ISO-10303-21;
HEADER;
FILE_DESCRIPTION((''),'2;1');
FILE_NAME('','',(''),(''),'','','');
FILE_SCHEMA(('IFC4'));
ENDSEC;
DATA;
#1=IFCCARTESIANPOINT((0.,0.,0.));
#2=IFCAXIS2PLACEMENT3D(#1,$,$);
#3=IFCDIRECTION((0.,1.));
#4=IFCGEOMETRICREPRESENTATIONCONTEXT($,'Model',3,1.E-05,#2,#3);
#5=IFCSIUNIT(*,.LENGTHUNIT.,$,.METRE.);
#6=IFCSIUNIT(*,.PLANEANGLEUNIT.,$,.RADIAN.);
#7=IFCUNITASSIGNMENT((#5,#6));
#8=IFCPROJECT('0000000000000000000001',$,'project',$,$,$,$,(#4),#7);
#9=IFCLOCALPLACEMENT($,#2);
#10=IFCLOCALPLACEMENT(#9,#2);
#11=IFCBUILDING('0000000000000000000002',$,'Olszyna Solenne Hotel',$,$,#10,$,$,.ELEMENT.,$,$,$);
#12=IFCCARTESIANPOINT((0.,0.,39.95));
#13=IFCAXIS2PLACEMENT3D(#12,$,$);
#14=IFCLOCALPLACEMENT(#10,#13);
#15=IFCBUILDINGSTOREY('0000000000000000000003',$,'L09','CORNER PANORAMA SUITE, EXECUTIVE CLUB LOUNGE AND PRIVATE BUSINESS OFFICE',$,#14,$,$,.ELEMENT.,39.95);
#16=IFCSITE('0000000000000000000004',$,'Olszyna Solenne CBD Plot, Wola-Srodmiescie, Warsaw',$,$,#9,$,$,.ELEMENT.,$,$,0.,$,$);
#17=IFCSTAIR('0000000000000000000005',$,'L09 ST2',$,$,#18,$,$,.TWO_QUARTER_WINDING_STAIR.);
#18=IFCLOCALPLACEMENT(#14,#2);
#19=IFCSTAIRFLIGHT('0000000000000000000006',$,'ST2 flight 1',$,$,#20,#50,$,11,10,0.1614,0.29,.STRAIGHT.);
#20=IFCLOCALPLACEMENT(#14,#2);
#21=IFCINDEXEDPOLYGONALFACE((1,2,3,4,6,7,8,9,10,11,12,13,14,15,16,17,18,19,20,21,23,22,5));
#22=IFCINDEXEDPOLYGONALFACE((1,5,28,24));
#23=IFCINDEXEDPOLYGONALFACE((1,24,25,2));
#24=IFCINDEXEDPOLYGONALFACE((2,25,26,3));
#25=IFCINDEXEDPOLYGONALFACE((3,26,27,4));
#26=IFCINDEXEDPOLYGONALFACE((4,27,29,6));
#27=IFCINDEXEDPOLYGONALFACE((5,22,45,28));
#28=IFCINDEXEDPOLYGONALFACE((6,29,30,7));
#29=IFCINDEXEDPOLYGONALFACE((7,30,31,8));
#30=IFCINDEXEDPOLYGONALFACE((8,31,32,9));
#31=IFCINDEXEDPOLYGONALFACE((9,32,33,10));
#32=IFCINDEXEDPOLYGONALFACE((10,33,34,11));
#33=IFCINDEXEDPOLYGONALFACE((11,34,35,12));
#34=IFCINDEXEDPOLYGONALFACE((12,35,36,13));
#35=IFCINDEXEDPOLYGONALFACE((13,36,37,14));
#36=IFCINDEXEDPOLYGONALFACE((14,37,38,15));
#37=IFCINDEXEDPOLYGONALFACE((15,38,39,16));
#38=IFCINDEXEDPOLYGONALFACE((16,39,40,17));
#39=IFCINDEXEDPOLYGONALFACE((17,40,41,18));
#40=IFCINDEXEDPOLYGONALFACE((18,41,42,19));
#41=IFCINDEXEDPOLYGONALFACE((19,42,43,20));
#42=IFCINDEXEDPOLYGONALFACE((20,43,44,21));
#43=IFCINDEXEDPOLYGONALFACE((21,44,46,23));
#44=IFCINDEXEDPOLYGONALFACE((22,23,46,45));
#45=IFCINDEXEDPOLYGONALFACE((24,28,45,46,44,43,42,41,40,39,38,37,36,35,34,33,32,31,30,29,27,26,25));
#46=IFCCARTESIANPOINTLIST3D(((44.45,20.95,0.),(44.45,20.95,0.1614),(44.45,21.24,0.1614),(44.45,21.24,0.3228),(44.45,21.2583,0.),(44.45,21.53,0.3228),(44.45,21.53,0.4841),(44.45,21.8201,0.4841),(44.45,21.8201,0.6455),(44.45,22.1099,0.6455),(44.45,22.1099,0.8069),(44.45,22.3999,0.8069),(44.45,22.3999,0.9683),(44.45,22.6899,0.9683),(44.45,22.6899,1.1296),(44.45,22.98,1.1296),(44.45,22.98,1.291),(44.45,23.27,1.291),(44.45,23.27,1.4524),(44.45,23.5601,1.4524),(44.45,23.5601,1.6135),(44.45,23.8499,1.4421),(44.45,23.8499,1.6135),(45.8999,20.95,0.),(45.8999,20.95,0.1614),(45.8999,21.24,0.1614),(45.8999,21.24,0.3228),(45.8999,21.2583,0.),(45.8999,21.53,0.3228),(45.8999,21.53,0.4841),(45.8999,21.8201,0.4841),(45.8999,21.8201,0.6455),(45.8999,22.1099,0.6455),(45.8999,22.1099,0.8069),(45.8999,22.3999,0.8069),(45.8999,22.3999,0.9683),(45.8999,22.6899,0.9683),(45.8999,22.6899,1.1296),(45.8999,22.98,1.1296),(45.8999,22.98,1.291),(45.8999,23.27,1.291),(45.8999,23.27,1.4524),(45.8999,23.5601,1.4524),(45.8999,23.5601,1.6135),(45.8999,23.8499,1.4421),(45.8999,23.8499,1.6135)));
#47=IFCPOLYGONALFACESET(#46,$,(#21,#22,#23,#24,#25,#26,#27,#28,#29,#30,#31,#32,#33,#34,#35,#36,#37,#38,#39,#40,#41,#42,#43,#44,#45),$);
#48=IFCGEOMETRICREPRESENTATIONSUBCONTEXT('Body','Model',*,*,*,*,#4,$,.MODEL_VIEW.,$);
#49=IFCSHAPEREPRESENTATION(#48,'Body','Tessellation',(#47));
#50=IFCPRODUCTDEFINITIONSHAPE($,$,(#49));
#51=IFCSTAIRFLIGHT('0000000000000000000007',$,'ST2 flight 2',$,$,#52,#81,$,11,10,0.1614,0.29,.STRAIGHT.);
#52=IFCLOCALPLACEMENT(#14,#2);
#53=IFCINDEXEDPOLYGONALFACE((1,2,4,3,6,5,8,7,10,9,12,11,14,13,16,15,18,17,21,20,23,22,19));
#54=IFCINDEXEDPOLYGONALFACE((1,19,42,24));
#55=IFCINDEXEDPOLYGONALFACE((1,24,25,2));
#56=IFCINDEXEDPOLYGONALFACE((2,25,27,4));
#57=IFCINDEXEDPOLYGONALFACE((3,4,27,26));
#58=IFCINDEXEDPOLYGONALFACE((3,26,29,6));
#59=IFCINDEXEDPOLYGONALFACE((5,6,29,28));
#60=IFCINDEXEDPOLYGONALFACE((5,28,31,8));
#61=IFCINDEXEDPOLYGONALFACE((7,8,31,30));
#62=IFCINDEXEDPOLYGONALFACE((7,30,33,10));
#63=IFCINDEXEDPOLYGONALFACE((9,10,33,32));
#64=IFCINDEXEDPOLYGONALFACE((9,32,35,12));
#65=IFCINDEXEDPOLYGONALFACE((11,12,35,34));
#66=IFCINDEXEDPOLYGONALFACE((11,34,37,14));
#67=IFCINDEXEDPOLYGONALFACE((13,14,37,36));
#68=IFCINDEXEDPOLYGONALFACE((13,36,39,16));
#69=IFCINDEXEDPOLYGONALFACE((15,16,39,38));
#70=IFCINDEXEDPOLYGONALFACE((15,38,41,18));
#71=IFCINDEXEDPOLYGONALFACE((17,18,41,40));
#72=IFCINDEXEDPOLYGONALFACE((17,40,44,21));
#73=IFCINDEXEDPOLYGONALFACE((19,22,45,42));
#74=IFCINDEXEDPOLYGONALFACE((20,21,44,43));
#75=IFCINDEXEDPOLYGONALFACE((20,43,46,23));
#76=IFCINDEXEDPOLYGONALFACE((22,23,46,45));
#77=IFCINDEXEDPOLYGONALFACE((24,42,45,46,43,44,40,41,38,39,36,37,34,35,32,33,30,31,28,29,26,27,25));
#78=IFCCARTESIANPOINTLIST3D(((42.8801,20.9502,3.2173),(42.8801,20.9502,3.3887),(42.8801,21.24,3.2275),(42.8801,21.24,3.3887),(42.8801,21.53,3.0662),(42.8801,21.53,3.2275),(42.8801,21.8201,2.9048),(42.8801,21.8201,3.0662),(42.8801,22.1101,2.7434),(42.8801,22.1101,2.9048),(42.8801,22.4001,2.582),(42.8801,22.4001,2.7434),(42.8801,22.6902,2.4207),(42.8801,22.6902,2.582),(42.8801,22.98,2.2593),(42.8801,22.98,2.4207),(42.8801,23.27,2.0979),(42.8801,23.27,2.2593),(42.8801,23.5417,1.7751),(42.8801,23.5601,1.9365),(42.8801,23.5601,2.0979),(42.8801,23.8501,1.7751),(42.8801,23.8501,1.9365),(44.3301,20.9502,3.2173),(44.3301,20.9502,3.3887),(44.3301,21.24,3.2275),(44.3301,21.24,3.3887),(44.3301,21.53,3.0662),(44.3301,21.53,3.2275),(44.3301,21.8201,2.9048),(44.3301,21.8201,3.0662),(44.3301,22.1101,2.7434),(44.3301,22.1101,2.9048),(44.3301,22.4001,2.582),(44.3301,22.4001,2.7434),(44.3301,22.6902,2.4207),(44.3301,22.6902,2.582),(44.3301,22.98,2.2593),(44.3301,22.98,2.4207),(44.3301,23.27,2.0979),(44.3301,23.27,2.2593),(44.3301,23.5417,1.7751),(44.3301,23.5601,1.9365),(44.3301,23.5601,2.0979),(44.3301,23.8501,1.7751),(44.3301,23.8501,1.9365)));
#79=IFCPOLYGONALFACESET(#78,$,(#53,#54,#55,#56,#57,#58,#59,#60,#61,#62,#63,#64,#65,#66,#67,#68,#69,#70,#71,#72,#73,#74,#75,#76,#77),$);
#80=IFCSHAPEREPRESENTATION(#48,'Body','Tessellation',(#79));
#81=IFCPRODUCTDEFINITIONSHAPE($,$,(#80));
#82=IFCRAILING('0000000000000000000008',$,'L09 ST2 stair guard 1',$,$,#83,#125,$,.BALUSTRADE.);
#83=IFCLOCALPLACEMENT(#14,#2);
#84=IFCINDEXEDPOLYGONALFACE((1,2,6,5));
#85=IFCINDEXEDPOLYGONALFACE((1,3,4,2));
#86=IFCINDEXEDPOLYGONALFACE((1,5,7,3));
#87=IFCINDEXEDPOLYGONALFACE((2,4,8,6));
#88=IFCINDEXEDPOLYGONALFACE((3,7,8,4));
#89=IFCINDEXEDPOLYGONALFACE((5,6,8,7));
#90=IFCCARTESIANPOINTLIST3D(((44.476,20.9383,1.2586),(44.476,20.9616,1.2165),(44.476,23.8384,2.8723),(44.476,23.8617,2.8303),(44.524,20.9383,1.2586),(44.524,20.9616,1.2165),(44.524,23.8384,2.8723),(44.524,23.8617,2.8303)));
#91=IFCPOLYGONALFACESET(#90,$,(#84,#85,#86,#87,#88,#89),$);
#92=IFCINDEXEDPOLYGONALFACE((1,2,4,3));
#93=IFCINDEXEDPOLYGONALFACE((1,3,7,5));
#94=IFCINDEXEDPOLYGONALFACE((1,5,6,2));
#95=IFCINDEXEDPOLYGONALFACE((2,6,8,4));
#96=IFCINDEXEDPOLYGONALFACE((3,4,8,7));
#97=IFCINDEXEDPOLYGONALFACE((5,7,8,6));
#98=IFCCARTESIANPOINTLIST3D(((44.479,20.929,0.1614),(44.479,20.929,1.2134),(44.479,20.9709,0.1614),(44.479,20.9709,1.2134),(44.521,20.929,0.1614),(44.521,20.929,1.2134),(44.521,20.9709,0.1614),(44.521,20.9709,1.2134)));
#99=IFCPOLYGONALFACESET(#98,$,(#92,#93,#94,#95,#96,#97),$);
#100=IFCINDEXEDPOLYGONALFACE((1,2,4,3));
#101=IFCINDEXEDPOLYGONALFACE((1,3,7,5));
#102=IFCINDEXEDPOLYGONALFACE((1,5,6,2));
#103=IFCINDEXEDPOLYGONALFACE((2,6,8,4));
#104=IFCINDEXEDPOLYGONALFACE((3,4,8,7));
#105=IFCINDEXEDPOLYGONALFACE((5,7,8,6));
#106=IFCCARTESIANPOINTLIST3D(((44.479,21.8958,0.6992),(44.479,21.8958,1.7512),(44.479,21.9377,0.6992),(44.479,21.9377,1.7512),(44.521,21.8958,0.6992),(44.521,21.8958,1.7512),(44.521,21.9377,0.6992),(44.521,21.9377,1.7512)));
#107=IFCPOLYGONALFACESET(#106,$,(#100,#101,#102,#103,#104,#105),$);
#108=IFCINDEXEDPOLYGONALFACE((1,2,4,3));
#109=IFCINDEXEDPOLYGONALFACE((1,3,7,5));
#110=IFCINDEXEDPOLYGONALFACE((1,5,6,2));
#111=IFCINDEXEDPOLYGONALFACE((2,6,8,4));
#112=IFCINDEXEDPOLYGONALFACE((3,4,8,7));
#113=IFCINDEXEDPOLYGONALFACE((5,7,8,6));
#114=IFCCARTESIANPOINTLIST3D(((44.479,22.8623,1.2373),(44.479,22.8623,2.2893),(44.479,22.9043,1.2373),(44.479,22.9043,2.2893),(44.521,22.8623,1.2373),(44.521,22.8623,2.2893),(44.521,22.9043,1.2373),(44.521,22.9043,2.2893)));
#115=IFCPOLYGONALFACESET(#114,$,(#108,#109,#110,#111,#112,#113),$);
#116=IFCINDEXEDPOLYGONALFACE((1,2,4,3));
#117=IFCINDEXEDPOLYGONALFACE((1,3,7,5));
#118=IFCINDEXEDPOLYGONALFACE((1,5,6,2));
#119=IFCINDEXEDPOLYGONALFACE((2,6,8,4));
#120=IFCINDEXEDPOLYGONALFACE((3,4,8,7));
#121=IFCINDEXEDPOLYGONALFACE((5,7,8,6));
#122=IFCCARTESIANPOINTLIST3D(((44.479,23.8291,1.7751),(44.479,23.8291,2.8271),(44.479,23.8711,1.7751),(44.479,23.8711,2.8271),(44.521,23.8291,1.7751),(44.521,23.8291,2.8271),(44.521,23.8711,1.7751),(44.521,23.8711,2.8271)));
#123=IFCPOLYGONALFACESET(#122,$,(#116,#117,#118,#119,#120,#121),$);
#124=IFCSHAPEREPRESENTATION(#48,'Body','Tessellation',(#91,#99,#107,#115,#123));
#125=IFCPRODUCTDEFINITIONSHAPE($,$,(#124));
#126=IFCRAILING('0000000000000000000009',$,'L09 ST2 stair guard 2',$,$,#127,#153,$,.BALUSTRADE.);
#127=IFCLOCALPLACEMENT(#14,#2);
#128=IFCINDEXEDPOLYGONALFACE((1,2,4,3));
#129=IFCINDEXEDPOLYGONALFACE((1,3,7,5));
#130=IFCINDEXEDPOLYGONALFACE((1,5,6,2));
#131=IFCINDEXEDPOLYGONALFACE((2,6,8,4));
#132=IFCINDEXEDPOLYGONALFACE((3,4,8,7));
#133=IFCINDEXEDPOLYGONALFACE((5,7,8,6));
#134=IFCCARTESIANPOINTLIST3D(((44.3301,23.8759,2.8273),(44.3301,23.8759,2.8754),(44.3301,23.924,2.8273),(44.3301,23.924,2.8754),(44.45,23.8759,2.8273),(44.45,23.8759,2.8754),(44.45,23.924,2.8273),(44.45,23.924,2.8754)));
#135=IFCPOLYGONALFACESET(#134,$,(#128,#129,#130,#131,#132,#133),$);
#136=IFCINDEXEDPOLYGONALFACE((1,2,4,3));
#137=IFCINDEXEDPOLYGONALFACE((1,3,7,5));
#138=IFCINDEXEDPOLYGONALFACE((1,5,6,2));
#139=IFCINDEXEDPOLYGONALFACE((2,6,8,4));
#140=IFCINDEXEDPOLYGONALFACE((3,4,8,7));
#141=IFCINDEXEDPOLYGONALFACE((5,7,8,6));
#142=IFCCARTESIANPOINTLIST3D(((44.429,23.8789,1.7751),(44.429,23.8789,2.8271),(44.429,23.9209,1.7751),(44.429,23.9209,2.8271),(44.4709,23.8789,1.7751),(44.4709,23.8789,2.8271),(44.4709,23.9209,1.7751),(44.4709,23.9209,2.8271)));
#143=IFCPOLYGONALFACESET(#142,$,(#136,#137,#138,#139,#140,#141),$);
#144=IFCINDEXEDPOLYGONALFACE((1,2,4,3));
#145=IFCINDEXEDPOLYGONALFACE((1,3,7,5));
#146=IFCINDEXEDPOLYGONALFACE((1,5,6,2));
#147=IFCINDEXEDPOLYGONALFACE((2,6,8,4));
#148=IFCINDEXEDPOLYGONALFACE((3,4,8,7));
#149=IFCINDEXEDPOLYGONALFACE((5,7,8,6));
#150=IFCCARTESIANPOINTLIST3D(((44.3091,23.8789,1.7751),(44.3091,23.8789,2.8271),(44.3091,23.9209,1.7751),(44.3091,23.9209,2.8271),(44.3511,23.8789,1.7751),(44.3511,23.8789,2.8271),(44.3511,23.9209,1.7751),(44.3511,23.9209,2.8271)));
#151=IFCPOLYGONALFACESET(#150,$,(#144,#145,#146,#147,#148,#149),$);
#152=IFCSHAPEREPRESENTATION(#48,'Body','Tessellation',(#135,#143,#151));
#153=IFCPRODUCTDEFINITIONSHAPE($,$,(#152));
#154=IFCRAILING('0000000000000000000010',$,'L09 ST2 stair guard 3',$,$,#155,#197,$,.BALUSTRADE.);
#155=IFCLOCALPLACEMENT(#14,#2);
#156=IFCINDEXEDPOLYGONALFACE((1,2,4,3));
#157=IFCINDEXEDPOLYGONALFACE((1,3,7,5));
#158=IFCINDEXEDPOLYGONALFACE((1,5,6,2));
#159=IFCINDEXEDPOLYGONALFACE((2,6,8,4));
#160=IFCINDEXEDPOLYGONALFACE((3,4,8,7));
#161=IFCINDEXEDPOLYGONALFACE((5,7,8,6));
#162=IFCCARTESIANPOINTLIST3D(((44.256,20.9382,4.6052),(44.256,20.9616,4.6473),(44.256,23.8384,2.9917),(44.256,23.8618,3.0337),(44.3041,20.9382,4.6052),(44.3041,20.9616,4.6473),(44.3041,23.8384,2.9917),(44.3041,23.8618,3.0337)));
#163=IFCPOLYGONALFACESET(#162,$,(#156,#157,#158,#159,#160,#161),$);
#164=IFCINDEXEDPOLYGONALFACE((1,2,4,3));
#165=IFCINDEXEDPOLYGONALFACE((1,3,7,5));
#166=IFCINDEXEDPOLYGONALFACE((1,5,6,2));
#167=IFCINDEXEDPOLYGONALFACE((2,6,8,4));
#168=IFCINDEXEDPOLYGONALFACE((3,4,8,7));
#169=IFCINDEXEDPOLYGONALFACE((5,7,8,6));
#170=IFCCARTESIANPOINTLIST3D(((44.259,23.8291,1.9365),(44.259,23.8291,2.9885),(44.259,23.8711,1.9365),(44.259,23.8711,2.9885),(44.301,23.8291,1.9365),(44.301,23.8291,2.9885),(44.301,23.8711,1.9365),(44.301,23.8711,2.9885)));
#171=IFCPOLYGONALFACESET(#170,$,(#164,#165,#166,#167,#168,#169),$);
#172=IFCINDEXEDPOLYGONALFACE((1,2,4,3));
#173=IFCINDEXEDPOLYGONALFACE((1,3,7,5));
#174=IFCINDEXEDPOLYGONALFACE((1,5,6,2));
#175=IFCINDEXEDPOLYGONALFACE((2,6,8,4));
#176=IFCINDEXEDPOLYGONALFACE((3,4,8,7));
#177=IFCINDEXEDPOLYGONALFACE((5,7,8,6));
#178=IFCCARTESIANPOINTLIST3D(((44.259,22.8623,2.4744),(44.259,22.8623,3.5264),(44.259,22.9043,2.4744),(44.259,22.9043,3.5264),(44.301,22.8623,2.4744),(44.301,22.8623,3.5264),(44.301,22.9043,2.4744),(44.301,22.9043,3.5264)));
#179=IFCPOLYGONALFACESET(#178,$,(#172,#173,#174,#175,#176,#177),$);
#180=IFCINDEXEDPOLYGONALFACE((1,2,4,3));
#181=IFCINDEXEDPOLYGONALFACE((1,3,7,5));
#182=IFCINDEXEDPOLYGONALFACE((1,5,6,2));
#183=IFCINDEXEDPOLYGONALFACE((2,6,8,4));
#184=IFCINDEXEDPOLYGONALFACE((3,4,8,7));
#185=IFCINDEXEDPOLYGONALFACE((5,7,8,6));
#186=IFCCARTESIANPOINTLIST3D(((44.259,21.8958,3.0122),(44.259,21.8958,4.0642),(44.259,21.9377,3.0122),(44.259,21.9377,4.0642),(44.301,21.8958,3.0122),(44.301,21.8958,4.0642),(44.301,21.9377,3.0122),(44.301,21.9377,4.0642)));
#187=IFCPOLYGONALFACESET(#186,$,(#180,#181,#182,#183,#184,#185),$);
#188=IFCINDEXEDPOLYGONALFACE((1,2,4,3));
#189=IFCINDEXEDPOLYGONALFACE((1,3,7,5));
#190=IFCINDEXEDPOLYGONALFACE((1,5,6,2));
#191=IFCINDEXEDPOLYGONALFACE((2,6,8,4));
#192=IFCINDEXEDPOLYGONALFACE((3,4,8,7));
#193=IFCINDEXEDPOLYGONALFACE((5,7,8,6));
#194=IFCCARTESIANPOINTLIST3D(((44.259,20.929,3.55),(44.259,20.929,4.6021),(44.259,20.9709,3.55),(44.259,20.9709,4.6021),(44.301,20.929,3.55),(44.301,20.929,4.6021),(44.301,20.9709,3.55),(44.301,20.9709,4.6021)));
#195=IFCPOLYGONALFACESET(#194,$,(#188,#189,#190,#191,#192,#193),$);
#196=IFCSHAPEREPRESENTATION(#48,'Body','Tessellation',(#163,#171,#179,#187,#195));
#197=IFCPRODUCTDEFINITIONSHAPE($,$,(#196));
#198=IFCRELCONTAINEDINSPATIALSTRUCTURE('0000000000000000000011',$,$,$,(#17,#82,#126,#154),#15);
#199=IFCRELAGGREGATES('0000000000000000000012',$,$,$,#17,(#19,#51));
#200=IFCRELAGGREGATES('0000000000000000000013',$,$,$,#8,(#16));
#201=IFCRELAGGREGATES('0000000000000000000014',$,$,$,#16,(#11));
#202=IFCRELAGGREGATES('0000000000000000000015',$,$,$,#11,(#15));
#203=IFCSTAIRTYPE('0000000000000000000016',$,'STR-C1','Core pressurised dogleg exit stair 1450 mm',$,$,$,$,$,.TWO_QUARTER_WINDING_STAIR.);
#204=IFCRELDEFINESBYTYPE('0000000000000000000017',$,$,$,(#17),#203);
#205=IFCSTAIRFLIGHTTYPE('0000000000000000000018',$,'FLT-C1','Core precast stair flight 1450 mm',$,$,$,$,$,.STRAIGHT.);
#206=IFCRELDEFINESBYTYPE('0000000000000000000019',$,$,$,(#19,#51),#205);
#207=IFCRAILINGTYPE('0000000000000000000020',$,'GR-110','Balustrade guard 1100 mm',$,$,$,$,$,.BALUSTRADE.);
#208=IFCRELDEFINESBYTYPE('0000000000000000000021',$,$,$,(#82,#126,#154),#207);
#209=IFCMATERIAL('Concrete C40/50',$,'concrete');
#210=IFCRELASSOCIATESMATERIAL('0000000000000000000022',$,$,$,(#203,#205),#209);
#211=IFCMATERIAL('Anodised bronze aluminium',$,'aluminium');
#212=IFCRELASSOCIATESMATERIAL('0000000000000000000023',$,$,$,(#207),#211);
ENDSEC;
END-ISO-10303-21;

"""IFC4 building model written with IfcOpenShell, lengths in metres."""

from ifc_helpers import new_model, si_unit, direction, frame, origin, origin_2d, place, context, subcontext, project, spatial, polyline, rectangle, outline, extrude, material, type_object, element, aggregate, save


model = new_model("IFC4")

# Units and contexts
model_context = context("Model", 3, precision=1e-05, world=origin(), true_north=direction((0.0, 1.0)))
body_context = subcontext(model_context, "Body", "Model", "MODEL_VIEW")
ifc_project = project(units=[si_unit("LENGTHUNIT", "METRE"), si_unit("PLANEANGLEUNIT", "RADIAN")], contexts=[model_context])

# Site, building, storey
site_placement = place(None, origin())
site = spatial("IfcSite", under=ifc_project, at=site_placement, Name="Olszyna Solenne CBD Plot, Wola-Srodmiescie, Warsaw", CompositionType="ELEMENT", RefElevation=0.0)
building_placement = place(site_placement, origin())
building = spatial("IfcBuilding", under=site, at=building_placement, Name="Olszyna Solenne Hotel", CompositionType="ELEMENT")
storey_placement = place(building_placement, frame((0.0, 0.0, 39.95)))
storey = spatial("IfcBuildingStorey", under=building, at=storey_placement, Name="L09", Description="CORNER PANORAMA SUITE, EXECUTIVE CLUB LOUNGE AND PRIVATE BUSINESS OFFICE", CompositionType="ELEMENT", Elevation=39.95)

# Stair, stair flights
ifc_material_1 = material(Name="Concrete C40/50", Category="concrete")
stair_type = type_object("IfcStairType", Name="STR-C1", Description="Core pressurised dogleg exit stair 1450 mm", PredefinedType="TWO_QUARTER_WINDING_STAIR", material=ifc_material_1)
stair_placement = place(storey_placement, origin())
stair = element("IfcStair", 1, at=stair_placement, inside=storey, type_object=stair_type, Name="L09 ST2", PredefinedType="TWO_QUARTER_WINDING_STAIR")
stair_flight_type = type_object("IfcStairFlightType", Name="FLT-C1", Description="Core precast stair flight 1450 mm", PredefinedType="STRAIGHT", material=ifc_material_1)
stair_flight_1_placement = place(storey_placement, frame((45.175, 20.95, 0.0), z_axis=(0.0, 0.0, 1.0), x_axis=(0.0, 1.0, 0.0)))
stair_flight_1 = element("IfcStairFlight", 2, at=stair_flight_1_placement, type_object=stair_flight_type, Name="ST2 flight 1", NumberOfRisers=11, NumberOfTreads=10, PredefinedType="STRAIGHT", RiserHeight=0.1614, TreadLength=0.29, context=body_context, shape_type="SweptSolid", body=[
    extrude(outline(polyline([(0.0, 0.0), (0.0, 0.1614), (0.29, 0.1614), (0.29, 0.3228), (0.5801, 0.3228), (0.5801, 0.4841), (0.8701, 0.4841), (0.8701, 0.6455), (1.1599, 0.6455), (1.1599, 0.8069), (1.45, 0.8069), (1.45, 0.9683), (1.74, 0.9683), (1.74, 1.1296), (2.03, 1.1296), (2.03, 1.291), (2.3201, 1.291), (2.3201, 1.4524), (2.6101, 1.4524), (2.6101, 1.6135), (2.8999, 1.6135), (2.8999, 1.7749), (2.8999, 1.4421), (0.3083, 0.0), (0.0, 0.0)])), frame((0.0, 0.7251, 0.0), z_axis=(0.0, -1.0, 0.0), x_axis=(1.0, 0.0, 0.0)), (0.0, 0.0, 1.0), 1.45),
])
stair_flight_2_placement = place(storey_placement, frame((43.605, 23.8501, 1.7751), z_axis=(0.0, 0.0, 1.0), x_axis=(0.0, -1.0, 0.0)))
stair_flight_2 = element("IfcStairFlight", 3, at=stair_flight_2_placement, type_object=stair_flight_type, Name="ST2 flight 2", NumberOfRisers=11, NumberOfTreads=10, PredefinedType="STRAIGHT", RiserHeight=0.1614, TreadLength=0.29, context=body_context, shape_type="SweptSolid", body=[
    extrude(outline(polyline([(0.0, 0.0), (0.0, 0.1614), (0.29, 0.1614), (0.29, 0.3228), (0.5801, 0.3228), (0.5801, 0.4841), (0.8701, 0.4841), (0.8701, 0.6455), (1.1599, 0.6455), (1.1599, 0.8069), (1.45, 0.8069), (1.45, 0.9683), (1.74, 0.9683), (1.74, 1.1296), (2.03, 1.1296), (2.03, 1.291), (2.3201, 1.291), (2.3201, 1.4524), (2.6101, 1.4524), (2.6101, 1.6135), (2.8999, 1.6135), (2.8999, 1.7749), (2.8999, 1.4421), (0.3083, 0.0), (0.0, 0.0)])), frame((0.0, 0.7251, 0.0), z_axis=(0.0, -1.0, 0.0), x_axis=(1.0, 0.0, 0.0)), (0.0, 0.0, 1.0), 1.45),
])
aggregate(stair, [stair_flight_1, stair_flight_2])

# Railings
ifc_material_2 = material(Name="Anodised bronze aluminium", Category="aluminium")
railing_type_1 = type_object("IfcRailingType", Name="GR-110", Description="Balustrade guard 1100 mm", PredefinedType="BALUSTRADE", material=ifc_material_2)
railing_1_placement = place(storey_placement, frame((44.5, 20.95, 0.1614)))
element("IfcRailing", 4, at=railing_1_placement, inside=storey, type_object=railing_type_1, Name="L09 ST2 stair guard 1", PredefinedType="BALUSTRADE", context=body_context, shape_type="SweptSolid", body=[
    extrude(rectangle(XDim=0.0481, YDim=0.0481, at=origin_2d()), frame((0.0, 0.0, 1.0762), z_axis=(0.0, 0.873827, 0.486236), x_axis=(-1.0, 0.0, 0.0)), (0.0, 0.0, 1.0), 3.3188),
    extrude(rectangle(XDim=0.042, YDim=0.042, at=origin_2d()), origin(), (0.0, 0.0, 1.0), 1.052),
    extrude(rectangle(XDim=0.042, YDim=0.042, at=origin_2d()), frame((0.0, 0.9668, 0.5378)), (0.0, 0.0, 1.0), 1.052),
    extrude(rectangle(XDim=0.042, YDim=0.042, at=origin_2d()), frame((0.0, 1.9333, 1.0759)), (0.0, 0.0, 1.0), 1.052),
    extrude(rectangle(XDim=0.042, YDim=0.042, at=origin_2d()), frame((0.0, 2.9001, 1.6138)), (0.0, 0.0, 1.0), 1.052),
])
railing_2_placement = place(storey_placement, frame((44.45, 23.8999, 1.7751)))
element("IfcRailing", 5, at=railing_2_placement, inside=storey, type_object=railing_type_1, Name="L09 ST2 stair guard 2", PredefinedType="BALUSTRADE", context=body_context, shape_type="SweptSolid", body=[
    extrude(rectangle(XDim=0.0481, YDim=0.0481, at=origin_2d()), frame((0.0, 0.0, 1.0762), z_axis=(-1.0, 0.0, 0.0), x_axis=(0.0, -1.0, 0.0)), (0.0, 0.0, 1.0), 0.1199),
    extrude(rectangle(XDim=0.042, YDim=0.042, at=origin_2d()), origin(), (0.0, 0.0, 1.0), 1.052),
    extrude(rectangle(XDim=0.042, YDim=0.042, at=origin_2d()), frame((-0.1199, 0.0, 0.0)), (0.0, 0.0, 1.0), 1.052),
])
railing_3_placement = place(storey_placement, frame((44.28, 23.8501, 1.9365)))
element("IfcRailing", 6, at=railing_3_placement, inside=storey, type_object=railing_type_1, Name="L09 ST2 stair guard 3", PredefinedType="BALUSTRADE", context=body_context, shape_type="SweptSolid", body=[
    extrude(rectangle(XDim=0.0481, YDim=0.0481, at=origin_2d()), frame((0.0, 0.0, 1.0762), z_axis=(0.0, -0.873859, 0.48618), x_axis=(1.0, 0.0, 0.0)), (0.0, 0.0, 1.0), 3.3188),
    extrude(rectangle(XDim=0.042, YDim=0.042, at=origin_2d()), origin(), (0.0, 0.0, 1.0), 1.052),
    extrude(rectangle(XDim=0.042, YDim=0.042, at=origin_2d()), frame((0.0, -0.9668, 0.5378)), (0.0, 0.0, 1.0), 1.052),
    extrude(rectangle(XDim=0.042, YDim=0.042, at=origin_2d()), frame((0.0, -1.9333, 1.0757)), (0.0, 0.0, 1.0), 1.052),
    extrude(rectangle(XDim=0.042, YDim=0.042, at=origin_2d()), frame((0.0, -2.9001, 1.6135)), (0.0, 0.0, 1.0), 1.052),
])

save(model, "model.ifc")
